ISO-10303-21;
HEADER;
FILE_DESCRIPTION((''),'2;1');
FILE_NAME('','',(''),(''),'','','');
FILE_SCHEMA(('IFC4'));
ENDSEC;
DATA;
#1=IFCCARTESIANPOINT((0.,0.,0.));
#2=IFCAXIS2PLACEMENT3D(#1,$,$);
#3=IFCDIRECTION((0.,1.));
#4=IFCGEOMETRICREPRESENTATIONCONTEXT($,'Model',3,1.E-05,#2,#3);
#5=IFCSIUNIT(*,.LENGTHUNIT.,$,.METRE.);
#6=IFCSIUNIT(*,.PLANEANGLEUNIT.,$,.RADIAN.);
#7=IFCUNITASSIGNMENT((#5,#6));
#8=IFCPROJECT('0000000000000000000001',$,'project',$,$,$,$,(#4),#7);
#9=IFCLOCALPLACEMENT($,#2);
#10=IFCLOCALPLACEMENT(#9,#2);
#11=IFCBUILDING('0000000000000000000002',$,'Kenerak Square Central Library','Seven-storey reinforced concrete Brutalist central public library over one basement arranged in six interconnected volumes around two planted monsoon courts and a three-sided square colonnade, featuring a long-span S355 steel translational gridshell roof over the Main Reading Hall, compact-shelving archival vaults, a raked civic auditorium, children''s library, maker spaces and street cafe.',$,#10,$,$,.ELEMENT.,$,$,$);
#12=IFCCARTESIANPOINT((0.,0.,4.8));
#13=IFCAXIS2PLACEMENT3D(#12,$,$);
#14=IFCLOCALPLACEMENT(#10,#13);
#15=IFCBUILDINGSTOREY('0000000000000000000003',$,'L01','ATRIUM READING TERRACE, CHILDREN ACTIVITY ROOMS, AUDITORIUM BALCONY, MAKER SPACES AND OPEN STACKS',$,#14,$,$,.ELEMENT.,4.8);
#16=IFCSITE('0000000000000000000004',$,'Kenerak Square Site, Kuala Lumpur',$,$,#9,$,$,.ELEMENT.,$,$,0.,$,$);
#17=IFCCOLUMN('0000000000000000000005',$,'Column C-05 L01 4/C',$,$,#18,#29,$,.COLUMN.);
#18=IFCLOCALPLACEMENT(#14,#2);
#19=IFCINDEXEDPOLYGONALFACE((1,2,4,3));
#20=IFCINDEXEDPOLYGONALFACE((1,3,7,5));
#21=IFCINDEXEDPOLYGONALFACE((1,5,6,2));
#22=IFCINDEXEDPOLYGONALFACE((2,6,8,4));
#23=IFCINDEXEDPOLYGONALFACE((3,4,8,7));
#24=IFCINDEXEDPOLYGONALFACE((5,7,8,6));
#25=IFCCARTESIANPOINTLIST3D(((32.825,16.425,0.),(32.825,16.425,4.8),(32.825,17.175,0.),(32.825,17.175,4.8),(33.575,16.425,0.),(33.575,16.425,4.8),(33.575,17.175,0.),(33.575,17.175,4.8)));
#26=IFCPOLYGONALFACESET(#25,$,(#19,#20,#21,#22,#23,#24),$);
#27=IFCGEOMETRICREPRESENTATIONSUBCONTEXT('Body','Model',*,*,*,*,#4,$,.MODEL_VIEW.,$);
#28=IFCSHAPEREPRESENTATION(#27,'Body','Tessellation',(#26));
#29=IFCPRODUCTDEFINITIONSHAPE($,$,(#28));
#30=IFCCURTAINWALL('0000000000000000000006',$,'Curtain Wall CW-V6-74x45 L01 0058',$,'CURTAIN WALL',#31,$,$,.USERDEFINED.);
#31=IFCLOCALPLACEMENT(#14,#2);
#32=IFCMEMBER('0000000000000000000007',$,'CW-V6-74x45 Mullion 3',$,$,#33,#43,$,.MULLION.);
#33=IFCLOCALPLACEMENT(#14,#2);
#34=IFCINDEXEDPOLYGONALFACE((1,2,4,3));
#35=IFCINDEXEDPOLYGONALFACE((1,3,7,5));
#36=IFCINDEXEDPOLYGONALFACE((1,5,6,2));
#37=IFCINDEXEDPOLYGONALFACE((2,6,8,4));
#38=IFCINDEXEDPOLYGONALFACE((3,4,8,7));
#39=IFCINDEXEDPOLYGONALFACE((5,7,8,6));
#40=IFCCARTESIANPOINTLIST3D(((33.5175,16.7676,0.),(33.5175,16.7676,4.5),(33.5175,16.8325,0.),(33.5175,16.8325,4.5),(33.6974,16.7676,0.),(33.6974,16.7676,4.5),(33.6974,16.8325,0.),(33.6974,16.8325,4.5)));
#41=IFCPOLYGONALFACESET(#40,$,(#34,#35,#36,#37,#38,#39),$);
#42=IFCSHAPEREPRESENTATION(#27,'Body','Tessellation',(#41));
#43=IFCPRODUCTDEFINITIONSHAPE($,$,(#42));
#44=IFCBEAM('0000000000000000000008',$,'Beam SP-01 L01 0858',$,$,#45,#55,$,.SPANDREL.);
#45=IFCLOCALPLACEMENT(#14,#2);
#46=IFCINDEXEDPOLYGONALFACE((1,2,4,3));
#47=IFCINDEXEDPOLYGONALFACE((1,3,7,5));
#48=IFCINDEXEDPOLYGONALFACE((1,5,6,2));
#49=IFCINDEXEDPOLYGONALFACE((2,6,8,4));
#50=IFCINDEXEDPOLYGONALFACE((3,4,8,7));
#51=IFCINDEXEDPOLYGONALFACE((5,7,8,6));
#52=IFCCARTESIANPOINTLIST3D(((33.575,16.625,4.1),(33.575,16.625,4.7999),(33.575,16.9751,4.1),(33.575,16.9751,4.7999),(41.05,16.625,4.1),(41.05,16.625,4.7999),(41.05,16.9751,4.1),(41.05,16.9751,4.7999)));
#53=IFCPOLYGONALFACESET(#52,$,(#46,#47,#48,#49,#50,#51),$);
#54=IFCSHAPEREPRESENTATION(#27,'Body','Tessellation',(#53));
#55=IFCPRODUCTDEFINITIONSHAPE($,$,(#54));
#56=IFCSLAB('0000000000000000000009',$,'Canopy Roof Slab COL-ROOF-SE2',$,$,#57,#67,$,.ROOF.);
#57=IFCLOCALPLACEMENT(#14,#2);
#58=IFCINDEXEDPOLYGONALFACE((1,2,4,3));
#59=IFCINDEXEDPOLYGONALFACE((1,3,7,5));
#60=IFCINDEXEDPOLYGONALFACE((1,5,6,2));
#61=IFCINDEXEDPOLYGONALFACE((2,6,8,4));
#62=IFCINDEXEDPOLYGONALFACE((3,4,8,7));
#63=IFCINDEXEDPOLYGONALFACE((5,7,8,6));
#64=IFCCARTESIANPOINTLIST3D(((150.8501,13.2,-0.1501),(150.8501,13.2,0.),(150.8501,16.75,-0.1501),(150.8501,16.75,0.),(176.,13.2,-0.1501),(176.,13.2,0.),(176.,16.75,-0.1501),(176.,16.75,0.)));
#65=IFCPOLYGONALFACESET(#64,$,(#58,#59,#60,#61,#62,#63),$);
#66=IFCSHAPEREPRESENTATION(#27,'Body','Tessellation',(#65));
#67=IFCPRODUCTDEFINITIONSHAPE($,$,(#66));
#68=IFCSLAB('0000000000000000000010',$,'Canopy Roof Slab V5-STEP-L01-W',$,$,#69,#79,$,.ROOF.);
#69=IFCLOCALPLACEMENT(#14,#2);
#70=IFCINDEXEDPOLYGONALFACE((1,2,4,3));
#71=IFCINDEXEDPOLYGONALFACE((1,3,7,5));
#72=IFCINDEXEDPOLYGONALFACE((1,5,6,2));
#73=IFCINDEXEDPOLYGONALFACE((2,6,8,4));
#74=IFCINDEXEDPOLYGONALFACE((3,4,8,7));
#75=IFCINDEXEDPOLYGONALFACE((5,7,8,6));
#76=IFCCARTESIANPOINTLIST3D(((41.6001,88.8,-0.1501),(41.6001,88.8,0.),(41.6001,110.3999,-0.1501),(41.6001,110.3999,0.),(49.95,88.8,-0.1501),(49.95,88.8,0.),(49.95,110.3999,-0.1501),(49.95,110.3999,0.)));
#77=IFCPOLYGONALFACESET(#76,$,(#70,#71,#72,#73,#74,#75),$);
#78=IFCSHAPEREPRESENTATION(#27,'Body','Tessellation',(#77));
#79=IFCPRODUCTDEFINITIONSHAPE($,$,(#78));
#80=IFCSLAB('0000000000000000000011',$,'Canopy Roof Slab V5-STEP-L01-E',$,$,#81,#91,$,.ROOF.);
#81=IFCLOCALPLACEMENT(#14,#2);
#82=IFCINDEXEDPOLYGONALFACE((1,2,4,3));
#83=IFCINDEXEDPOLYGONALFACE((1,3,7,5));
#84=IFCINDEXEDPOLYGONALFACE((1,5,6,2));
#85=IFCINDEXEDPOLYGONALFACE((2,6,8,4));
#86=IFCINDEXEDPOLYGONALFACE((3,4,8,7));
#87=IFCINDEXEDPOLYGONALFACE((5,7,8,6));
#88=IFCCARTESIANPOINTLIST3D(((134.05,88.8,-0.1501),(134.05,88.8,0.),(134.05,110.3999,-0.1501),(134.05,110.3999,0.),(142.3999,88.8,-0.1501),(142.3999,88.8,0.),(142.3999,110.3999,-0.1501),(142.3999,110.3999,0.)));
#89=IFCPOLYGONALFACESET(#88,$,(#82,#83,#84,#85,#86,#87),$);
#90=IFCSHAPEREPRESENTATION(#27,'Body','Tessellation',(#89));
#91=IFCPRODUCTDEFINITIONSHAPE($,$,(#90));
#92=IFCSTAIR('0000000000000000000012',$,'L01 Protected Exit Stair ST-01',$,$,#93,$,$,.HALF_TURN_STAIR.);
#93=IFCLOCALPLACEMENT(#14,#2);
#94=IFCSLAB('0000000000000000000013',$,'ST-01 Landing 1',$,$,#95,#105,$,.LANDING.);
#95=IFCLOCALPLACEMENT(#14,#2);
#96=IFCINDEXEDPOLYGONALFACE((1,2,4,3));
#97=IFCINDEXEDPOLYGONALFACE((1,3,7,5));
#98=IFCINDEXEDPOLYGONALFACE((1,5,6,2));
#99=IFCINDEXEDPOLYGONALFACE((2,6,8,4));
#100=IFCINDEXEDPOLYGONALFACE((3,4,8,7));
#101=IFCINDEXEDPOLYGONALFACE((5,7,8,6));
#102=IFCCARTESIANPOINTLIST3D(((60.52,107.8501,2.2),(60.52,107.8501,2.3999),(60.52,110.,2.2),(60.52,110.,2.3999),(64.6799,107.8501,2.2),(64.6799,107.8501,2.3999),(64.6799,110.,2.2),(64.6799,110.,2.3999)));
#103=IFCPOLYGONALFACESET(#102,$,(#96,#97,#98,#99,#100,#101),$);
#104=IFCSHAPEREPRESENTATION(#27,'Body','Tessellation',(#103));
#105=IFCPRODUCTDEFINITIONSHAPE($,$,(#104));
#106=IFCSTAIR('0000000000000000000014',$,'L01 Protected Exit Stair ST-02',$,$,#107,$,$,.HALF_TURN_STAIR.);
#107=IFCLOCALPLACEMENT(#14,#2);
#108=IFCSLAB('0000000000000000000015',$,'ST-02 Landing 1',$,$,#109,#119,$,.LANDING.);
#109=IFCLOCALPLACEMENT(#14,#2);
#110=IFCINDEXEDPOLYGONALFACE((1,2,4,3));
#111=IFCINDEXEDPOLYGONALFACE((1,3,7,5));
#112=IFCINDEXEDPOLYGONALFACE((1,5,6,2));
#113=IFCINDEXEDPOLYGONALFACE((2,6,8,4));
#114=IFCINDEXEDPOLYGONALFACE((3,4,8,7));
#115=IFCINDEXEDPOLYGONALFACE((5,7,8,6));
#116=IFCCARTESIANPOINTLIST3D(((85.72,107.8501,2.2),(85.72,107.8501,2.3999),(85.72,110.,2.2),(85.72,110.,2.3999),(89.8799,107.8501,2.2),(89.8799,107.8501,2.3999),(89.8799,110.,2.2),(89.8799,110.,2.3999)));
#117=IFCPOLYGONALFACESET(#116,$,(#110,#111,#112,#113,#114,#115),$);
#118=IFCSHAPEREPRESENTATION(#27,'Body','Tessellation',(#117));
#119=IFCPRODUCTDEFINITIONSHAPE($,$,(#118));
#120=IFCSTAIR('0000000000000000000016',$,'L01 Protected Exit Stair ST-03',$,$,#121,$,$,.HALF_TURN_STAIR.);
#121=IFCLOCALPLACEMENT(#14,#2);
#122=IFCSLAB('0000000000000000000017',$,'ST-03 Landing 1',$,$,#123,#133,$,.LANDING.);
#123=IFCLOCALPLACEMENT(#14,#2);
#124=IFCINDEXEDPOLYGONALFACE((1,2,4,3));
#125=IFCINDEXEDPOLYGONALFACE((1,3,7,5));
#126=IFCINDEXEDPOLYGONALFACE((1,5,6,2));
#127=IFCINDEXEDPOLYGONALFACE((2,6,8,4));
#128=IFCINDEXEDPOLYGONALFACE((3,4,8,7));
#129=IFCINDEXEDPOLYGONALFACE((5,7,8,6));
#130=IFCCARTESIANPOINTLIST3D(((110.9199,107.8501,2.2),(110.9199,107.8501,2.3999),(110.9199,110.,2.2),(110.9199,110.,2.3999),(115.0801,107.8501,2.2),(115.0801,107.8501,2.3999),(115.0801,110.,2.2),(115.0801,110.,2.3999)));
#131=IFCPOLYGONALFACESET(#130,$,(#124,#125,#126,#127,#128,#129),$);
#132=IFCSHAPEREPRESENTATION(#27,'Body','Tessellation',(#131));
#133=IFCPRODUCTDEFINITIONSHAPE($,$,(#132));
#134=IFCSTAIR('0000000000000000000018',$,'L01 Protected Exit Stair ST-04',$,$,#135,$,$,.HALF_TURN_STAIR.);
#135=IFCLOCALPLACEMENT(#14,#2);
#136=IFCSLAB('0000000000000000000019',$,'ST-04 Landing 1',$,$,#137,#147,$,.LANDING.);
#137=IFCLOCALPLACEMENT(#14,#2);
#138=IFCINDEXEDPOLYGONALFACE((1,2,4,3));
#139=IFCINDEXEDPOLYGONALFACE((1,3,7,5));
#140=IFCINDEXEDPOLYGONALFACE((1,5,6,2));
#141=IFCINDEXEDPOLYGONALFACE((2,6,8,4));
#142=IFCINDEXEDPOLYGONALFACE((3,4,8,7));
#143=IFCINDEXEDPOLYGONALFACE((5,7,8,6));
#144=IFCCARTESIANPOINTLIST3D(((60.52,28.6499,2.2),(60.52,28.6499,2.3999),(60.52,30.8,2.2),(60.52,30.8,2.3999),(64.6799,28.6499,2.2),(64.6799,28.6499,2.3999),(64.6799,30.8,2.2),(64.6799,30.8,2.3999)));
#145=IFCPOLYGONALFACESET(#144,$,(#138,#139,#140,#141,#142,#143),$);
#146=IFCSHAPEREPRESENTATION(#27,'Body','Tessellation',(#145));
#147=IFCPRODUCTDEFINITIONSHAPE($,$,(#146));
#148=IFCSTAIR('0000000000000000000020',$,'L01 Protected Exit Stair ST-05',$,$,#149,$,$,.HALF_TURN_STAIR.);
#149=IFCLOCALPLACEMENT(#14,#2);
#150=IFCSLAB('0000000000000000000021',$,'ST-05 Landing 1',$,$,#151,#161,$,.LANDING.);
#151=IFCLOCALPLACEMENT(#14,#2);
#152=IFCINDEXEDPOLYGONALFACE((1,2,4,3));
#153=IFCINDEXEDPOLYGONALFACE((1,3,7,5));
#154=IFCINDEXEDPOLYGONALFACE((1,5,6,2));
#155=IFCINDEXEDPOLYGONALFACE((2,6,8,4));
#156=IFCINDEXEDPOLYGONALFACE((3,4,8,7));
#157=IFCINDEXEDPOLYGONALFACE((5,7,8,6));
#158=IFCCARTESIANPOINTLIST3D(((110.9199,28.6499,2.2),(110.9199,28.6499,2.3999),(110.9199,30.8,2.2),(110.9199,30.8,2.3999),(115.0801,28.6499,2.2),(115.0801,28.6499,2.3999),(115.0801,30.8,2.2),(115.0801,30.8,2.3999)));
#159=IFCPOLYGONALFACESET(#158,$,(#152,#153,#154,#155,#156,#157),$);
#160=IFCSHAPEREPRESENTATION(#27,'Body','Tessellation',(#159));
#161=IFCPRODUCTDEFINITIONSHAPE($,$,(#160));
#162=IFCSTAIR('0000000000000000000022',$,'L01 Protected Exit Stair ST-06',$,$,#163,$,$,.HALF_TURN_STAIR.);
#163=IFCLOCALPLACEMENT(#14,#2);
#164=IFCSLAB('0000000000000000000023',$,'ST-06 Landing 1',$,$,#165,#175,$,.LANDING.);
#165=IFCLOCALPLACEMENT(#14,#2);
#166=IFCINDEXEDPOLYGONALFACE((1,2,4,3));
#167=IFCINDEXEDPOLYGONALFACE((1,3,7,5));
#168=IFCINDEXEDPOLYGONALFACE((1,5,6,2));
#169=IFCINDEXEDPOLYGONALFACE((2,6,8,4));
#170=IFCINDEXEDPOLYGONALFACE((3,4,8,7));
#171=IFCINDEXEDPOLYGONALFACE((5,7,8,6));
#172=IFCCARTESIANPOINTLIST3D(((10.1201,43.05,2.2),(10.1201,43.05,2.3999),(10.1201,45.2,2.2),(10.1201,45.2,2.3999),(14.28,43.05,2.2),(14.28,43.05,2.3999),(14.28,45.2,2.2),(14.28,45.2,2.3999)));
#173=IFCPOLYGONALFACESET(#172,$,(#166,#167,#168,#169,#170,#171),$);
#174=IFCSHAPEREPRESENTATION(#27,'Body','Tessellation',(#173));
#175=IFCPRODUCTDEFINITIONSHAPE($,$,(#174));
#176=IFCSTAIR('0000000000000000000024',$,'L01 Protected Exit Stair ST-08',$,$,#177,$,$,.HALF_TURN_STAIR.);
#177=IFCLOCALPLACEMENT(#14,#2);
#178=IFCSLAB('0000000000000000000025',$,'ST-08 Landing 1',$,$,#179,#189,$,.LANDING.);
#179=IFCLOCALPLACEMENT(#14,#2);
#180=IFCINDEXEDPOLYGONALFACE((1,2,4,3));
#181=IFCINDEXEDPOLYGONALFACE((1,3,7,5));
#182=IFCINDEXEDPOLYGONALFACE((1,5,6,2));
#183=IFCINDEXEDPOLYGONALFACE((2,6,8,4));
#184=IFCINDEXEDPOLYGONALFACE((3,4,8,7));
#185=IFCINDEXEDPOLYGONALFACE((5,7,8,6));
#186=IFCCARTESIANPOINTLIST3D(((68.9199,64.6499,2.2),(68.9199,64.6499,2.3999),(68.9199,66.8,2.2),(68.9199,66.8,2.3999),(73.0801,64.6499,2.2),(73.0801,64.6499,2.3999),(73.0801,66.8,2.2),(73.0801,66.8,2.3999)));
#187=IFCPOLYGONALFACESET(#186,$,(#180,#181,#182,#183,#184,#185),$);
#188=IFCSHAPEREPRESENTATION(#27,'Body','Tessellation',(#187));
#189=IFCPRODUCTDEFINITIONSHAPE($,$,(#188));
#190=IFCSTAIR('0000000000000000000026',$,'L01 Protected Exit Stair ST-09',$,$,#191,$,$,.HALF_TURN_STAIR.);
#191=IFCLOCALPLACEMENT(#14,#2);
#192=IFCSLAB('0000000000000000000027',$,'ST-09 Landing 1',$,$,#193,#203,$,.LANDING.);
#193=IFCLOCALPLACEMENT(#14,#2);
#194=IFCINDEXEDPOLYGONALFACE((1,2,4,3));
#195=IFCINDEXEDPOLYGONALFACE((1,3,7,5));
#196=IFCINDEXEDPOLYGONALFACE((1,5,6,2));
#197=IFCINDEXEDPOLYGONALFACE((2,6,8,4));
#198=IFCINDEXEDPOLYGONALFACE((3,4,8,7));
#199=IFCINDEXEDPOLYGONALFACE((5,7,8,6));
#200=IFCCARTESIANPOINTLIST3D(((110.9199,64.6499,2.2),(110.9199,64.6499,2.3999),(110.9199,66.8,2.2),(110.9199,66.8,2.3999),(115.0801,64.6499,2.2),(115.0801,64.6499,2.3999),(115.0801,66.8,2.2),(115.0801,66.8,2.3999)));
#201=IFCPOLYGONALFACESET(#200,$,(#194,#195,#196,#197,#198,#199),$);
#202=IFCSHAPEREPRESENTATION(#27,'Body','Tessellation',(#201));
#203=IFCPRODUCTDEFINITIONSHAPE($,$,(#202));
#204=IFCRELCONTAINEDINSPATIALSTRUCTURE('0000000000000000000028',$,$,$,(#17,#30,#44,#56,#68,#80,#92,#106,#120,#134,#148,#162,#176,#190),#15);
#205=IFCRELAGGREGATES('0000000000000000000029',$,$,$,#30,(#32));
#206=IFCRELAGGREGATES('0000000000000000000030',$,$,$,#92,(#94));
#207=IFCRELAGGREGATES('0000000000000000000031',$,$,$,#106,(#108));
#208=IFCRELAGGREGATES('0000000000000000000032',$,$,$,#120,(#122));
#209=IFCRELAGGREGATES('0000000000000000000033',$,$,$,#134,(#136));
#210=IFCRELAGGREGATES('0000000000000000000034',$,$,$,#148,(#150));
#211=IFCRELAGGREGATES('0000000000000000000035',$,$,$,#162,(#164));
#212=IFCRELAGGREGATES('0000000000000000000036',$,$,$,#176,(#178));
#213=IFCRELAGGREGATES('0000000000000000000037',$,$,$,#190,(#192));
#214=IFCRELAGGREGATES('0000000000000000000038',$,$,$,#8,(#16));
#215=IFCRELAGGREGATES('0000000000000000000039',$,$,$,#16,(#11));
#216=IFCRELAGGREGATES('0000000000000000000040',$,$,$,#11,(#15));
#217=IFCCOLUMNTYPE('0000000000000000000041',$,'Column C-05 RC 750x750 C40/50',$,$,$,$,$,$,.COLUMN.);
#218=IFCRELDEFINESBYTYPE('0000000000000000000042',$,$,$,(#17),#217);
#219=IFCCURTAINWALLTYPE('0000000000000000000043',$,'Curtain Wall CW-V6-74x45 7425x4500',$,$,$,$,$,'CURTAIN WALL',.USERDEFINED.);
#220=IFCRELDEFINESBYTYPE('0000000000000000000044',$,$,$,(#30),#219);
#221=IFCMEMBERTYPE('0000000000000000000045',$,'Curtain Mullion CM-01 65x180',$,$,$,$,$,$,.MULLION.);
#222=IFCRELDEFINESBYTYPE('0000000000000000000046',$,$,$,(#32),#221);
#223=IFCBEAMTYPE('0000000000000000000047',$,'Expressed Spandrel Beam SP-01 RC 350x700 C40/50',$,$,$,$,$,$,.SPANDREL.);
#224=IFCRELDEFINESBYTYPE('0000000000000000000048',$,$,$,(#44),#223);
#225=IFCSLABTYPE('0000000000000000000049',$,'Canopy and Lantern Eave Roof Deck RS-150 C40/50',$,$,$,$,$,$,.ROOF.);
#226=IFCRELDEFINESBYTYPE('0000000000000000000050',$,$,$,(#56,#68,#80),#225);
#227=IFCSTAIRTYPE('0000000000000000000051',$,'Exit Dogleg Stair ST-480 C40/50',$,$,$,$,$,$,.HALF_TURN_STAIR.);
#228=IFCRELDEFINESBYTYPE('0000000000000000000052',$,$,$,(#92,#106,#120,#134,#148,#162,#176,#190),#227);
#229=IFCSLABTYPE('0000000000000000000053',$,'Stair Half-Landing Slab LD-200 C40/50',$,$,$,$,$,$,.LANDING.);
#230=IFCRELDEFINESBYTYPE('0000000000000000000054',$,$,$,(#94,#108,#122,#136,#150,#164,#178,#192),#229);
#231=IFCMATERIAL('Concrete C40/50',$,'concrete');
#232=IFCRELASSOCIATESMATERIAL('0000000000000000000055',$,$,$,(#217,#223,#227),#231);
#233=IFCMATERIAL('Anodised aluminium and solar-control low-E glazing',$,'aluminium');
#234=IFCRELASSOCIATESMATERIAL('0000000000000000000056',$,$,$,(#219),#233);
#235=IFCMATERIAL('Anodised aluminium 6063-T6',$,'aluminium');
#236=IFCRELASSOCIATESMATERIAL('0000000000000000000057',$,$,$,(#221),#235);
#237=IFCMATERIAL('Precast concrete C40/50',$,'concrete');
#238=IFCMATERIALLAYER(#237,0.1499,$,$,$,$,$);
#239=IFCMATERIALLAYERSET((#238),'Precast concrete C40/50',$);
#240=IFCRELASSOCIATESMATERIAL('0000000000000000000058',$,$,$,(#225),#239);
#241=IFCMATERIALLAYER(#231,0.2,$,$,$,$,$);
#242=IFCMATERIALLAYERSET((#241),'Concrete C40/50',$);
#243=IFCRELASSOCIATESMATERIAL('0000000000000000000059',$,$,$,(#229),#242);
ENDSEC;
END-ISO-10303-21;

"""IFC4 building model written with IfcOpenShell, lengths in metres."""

from ifc_helpers import new_model, si_unit, direction, frame, origin, origin_2d, place, context, subcontext, project, spatial, polyline, rectangle, outline, extrude, material, layer, layer_set, material_profile, profile_set, type_object, element, aggregate, save


model = new_model("IFC4")

# Units and contexts
model_context = context("Model", 3, precision=1e-05, world=origin(), true_north=direction((0.0, 1.0)))
body_context = subcontext(model_context, "Body", "Model", "MODEL_VIEW")
ifc_project = project(units=[si_unit("LENGTHUNIT", "METRE"), si_unit("PLANEANGLEUNIT", "RADIAN")], contexts=[model_context])

# Site, building, storey
site_placement = place(None, origin())
site = spatial("IfcSite", under=ifc_project, at=site_placement, Name="Kenerak Square Site, Kuala Lumpur", CompositionType="ELEMENT", RefElevation=0.0)
building_placement = place(site_placement, origin())
building = spatial("IfcBuilding", under=site, at=building_placement, Name="Kenerak Square Central Library", Description="Seven-storey reinforced concrete Brutalist central public library over one basement arranged in six interconnected volumes around two planted monsoon courts and a three-sided square colonnade, featuring a long-span S355 steel translational gridshell roof over the Main Reading Hall, compact-shelving archival vaults, a raked civic auditorium, children's library, maker spaces and street cafe.", CompositionType="ELEMENT")
storey_placement = place(building_placement, frame((0.0, 0.0, 4.8)))
storey = spatial("IfcBuildingStorey", under=building, at=storey_placement, Name="L01", Description="ATRIUM READING TERRACE, CHILDREN ACTIVITY ROOMS, AUDITORIUM BALCONY, MAKER SPACES AND OPEN STACKS", CompositionType="ELEMENT", Elevation=4.8)

# Column
ifc_material_1 = material(Name="Concrete C40/50", Category="concrete")
ifc_material_profile_1 = material_profile(ifc_material_1, rectangle(XDim=0.75, YDim=0.75, at=origin_2d()), Name="RC 750x750")
ifc_profile_set_1 = profile_set([ifc_material_profile_1], Name="Concrete C40/50")
column_type = type_object("IfcColumnType", Name="Column C-05 RC 750x750 C40/50", PredefinedType="COLUMN", material=ifc_profile_set_1)
column_placement = place(storey_placement, frame((33.2, 16.8, 0.0), z_axis=(0.0, 0.0, 1.0), x_axis=(1.0, 0.0, 0.0)))
element("IfcColumn", 1, at=column_placement, inside=storey, type_object=column_type, Name="Column C-05 L01 4/C", PredefinedType="COLUMN", context=body_context, shape_type="SweptSolid", body=[
    extrude(rectangle(XDim=0.75, YDim=0.75, at=origin_2d()), origin(), (0.0, 0.0, 1.0), 4.8),
])

# Curtain wall, member
ifc_material_2 = material(Name="Anodised aluminium and solar-control low-E glazing", Category="aluminium")
curtain_wall_type = type_object("IfcCurtainWallType", Name="Curtain Wall CW-V6-74x45 7425x4500", ElementType="CURTAIN WALL", PredefinedType="USERDEFINED", material=ifc_material_2)
curtain_wall_placement = place(storey_placement, origin())
curtain_wall = element("IfcCurtainWall", 2, at=curtain_wall_placement, inside=storey, type_object=curtain_wall_type, Name="Curtain Wall CW-V6-74x45 L01 0058", ObjectType="CURTAIN WALL", PredefinedType="USERDEFINED")
ifc_material_3 = material(Name="Anodised aluminium 6063-T6", Category="aluminium")
ifc_material_profile_2 = material_profile(ifc_material_3, rectangle(XDim=0.0649, YDim=0.1799, at=origin_2d()), Name="AL MULLION 65x180")
ifc_profile_set_2 = profile_set([ifc_material_profile_2], Name="Anodised aluminium 6063-T6")
member_type = type_object("IfcMemberType", Name="Curtain Mullion CM-01 65x180", PredefinedType="MULLION", material=ifc_profile_set_2)
member_placement = place(storey_placement, frame((33.6074, 16.8, 0.0), z_axis=(0.0, 0.0, 1.0), x_axis=(0.0, -1.0, 0.0)))
member = element("IfcMember", 3, at=member_placement, type_object=member_type, Name="CW-V6-74x45 Mullion 3", PredefinedType="MULLION", context=body_context, shape_type="SweptSolid", body=[
    extrude(rectangle(XDim=0.0649, YDim=0.1799, at=origin_2d()), origin(), (0.0, 0.0, 1.0), 4.5),
])
aggregate(curtain_wall, [member])

# Beam
ifc_material_profile_3 = material_profile(ifc_material_1, rectangle(XDim=0.3501, YDim=0.7, at=origin_2d()), Name="RC 350x700")
ifc_profile_set_3 = profile_set([ifc_material_profile_3], Name="Concrete C40/50")
beam_type = type_object("IfcBeamType", Name="Expressed Spandrel Beam SP-01 RC 350x700 C40/50", PredefinedType="SPANDREL", material=ifc_profile_set_3)
beam_placement = place(storey_placement, frame((33.575, 16.8, 4.45), z_axis=(1.0, 0.0, 0.0), x_axis=(0.0, 1.0, 0.0)))
element("IfcBeam", 4, at=beam_placement, inside=storey, type_object=beam_type, Name="Beam SP-01 L01 0858", PredefinedType="SPANDREL", context=body_context, shape_type="SweptSolid", body=[
    extrude(rectangle(XDim=0.3501, YDim=0.7, at=origin_2d()), origin(), (0.0, 0.0, 1.0), 7.4751),
])

# Slabs
ifc_material_4 = material(Name="Precast concrete C40/50", Category="concrete")
ifc_layer_1 = layer(ifc_material_4, 0.1499)
ifc_layer_set_1 = layer_set([ifc_layer_1], Name="Precast concrete C40/50")
slab_type_1 = type_object("IfcSlabType", Name="Canopy and Lantern Eave Roof Deck RS-150 C40/50", PredefinedType="ROOF", material=ifc_layer_set_1)
slab_1_placement = place(storey_placement, frame((0.0, 0.0, -0.1501)))
element("IfcSlab", 5, at=slab_1_placement, inside=storey, type_object=slab_type_1, Name="Canopy Roof Slab COL-ROOF-SE2", PredefinedType="ROOF", context=body_context, shape_type="SweptSolid", body=[
    extrude(outline(polyline([(150.8501, 13.2), (176.0, 13.2), (176.0, 16.75), (150.8501, 16.75), (150.8501, 13.2)])), origin(), (0.0, 0.0, 1.0), 0.1501),
])
slab_2_placement = place(storey_placement, frame((0.0, 0.0, -0.1501)))
element("IfcSlab", 6, at=slab_2_placement, inside=storey, type_object=slab_type_1, Name="Canopy Roof Slab V5-STEP-L01-W", PredefinedType="ROOF", context=body_context, shape_type="SweptSolid", body=[
    extrude(outline(polyline([(41.6001, 88.8), (49.95, 88.8), (49.95, 110.3999), (41.6001, 110.3999), (41.6001, 88.8)])), origin(), (0.0, 0.0, 1.0), 0.1501),
])
slab_3_placement = place(storey_placement, frame((0.0, 0.0, -0.1501)))
element("IfcSlab", 7, at=slab_3_placement, inside=storey, type_object=slab_type_1, Name="Canopy Roof Slab V5-STEP-L01-E", PredefinedType="ROOF", context=body_context, shape_type="SweptSolid", body=[
    extrude(outline(polyline([(134.05, 88.8), (142.3999, 88.8), (142.3999, 110.3999), (134.05, 110.3999), (134.05, 88.8)])), origin(), (0.0, 0.0, 1.0), 0.1501),
])

# Stairs, slabs
stair_type = type_object("IfcStairType", Name="Exit Dogleg Stair ST-480 C40/50", PredefinedType="HALF_TURN_STAIR", material=ifc_material_1)
stair_1_placement = place(storey_placement, origin())
stair_1 = element("IfcStair", 8, at=stair_1_placement, inside=storey, type_object=stair_type, Name="L01 Protected Exit Stair ST-01", PredefinedType="HALF_TURN_STAIR")
ifc_layer_2 = layer(ifc_material_1, 0.2)
ifc_layer_set_2 = layer_set([ifc_layer_2], Name="Concrete C40/50")
slab_type_2 = type_object("IfcSlabType", Name="Stair Half-Landing Slab LD-200 C40/50", PredefinedType="LANDING", material=ifc_layer_set_2)
slab_4_placement = place(storey_placement, frame((0.0, 0.0, 2.2)))
slab_4 = element("IfcSlab", 9, at=slab_4_placement, type_object=slab_type_2, Name="ST-01 Landing 1", PredefinedType="LANDING", context=body_context, shape_type="SweptSolid", body=[
    extrude(outline(polyline([(64.6799, 107.8501), (64.6799, 110.0), (60.52, 110.0), (60.52, 107.8501), (64.6799, 107.8501)])), origin(), (0.0, 0.0, 1.0), 0.2),
])
aggregate(stair_1, [slab_4])
stair_2_placement = place(storey_placement, origin())
stair_2 = element("IfcStair", 10, at=stair_2_placement, inside=storey, type_object=stair_type, Name="L01 Protected Exit Stair ST-02", PredefinedType="HALF_TURN_STAIR")
slab_5_placement = place(storey_placement, frame((0.0, 0.0, 2.2)))
slab_5 = element("IfcSlab", 11, at=slab_5_placement, type_object=slab_type_2, Name="ST-02 Landing 1", PredefinedType="LANDING", context=body_context, shape_type="SweptSolid", body=[
    extrude(outline(polyline([(89.8799, 107.8501), (89.8799, 110.0), (85.72, 110.0), (85.72, 107.8501), (89.8799, 107.8501)])), origin(), (0.0, 0.0, 1.0), 0.2),
])
aggregate(stair_2, [slab_5])
stair_3_placement = place(storey_placement, origin())
stair_3 = element("IfcStair", 12, at=stair_3_placement, inside=storey, type_object=stair_type, Name="L01 Protected Exit Stair ST-03", PredefinedType="HALF_TURN_STAIR")
slab_6_placement = place(storey_placement, frame((0.0, 0.0, 2.2)))
slab_6 = element("IfcSlab", 13, at=slab_6_placement, type_object=slab_type_2, Name="ST-03 Landing 1", PredefinedType="LANDING", context=body_context, shape_type="SweptSolid", body=[
    extrude(outline(polyline([(115.0801, 107.8501), (115.0801, 110.0), (110.9199, 110.0), (110.9199, 107.8501), (115.0801, 107.8501)])), origin(), (0.0, 0.0, 1.0), 0.2),
])
aggregate(stair_3, [slab_6])
stair_4_placement = place(storey_placement, origin())
stair_4 = element("IfcStair", 14, at=stair_4_placement, inside=storey, type_object=stair_type, Name="L01 Protected Exit Stair ST-04", PredefinedType="HALF_TURN_STAIR")
slab_7_placement = place(storey_placement, frame((0.0, 0.0, 2.2)))
slab_7 = element("IfcSlab", 15, at=slab_7_placement, type_object=slab_type_2, Name="ST-04 Landing 1", PredefinedType="LANDING", context=body_context, shape_type="SweptSolid", body=[
    extrude(outline(polyline([(64.6799, 28.6499), (64.6799, 30.8), (60.52, 30.8), (60.52, 28.6499), (64.6799, 28.6499)])), origin(), (0.0, 0.0, 1.0), 0.2),
])
aggregate(stair_4, [slab_7])
stair_5_placement = place(storey_placement, origin())
stair_5 = element("IfcStair", 16, at=stair_5_placement, inside=storey, type_object=stair_type, Name="L01 Protected Exit Stair ST-05", PredefinedType="HALF_TURN_STAIR")
slab_8_placement = place(storey_placement, frame((0.0, 0.0, 2.2)))
slab_8 = element("IfcSlab", 17, at=slab_8_placement, type_object=slab_type_2, Name="ST-05 Landing 1", PredefinedType="LANDING", context=body_context, shape_type="SweptSolid", body=[
    extrude(outline(polyline([(115.0801, 28.6499), (115.0801, 30.8), (110.9199, 30.8), (110.9199, 28.6499), (115.0801, 28.6499)])), origin(), (0.0, 0.0, 1.0), 0.2),
])
aggregate(stair_5, [slab_8])
stair_6_placement = place(storey_placement, origin())
stair_6 = element("IfcStair", 18, at=stair_6_placement, inside=storey, type_object=stair_type, Name="L01 Protected Exit Stair ST-06", PredefinedType="HALF_TURN_STAIR")
slab_9_placement = place(storey_placement, frame((0.0, 0.0, 2.2)))
slab_9 = element("IfcSlab", 19, at=slab_9_placement, type_object=slab_type_2, Name="ST-06 Landing 1", PredefinedType="LANDING", context=body_context, shape_type="SweptSolid", body=[
    extrude(outline(polyline([(14.28, 43.05), (14.28, 45.2), (10.1201, 45.2), (10.1201, 43.05), (14.28, 43.05)])), origin(), (0.0, 0.0, 1.0), 0.2),
])
aggregate(stair_6, [slab_9])
stair_7_placement = place(storey_placement, origin())
stair_7 = element("IfcStair", 20, at=stair_7_placement, inside=storey, type_object=stair_type, Name="L01 Protected Exit Stair ST-08", PredefinedType="HALF_TURN_STAIR")
slab_10_placement = place(storey_placement, frame((0.0, 0.0, 2.2)))
slab_10 = element("IfcSlab", 21, at=slab_10_placement, type_object=slab_type_2, Name="ST-08 Landing 1", PredefinedType="LANDING", context=body_context, shape_type="SweptSolid", body=[
    extrude(outline(polyline([(73.0801, 64.6499), (73.0801, 66.8), (68.9199, 66.8), (68.9199, 64.6499), (73.0801, 64.6499)])), origin(), (0.0, 0.0, 1.0), 0.2),
])
aggregate(stair_7, [slab_10])
stair_8_placement = place(storey_placement, origin())
stair_8 = element("IfcStair", 22, at=stair_8_placement, inside=storey, type_object=stair_type, Name="L01 Protected Exit Stair ST-09", PredefinedType="HALF_TURN_STAIR")
slab_11_placement = place(storey_placement, frame((0.0, 0.0, 2.2)))
slab_11 = element("IfcSlab", 23, at=slab_11_placement, type_object=slab_type_2, Name="ST-09 Landing 1", PredefinedType="LANDING", context=body_context, shape_type="SweptSolid", body=[
    extrude(outline(polyline([(115.0801, 64.6499), (115.0801, 66.8), (110.9199, 66.8), (110.9199, 64.6499), (115.0801, 64.6499)])), origin(), (0.0, 0.0, 1.0), 0.2),
])
aggregate(stair_8, [slab_11])

save(model, "model.ifc")
